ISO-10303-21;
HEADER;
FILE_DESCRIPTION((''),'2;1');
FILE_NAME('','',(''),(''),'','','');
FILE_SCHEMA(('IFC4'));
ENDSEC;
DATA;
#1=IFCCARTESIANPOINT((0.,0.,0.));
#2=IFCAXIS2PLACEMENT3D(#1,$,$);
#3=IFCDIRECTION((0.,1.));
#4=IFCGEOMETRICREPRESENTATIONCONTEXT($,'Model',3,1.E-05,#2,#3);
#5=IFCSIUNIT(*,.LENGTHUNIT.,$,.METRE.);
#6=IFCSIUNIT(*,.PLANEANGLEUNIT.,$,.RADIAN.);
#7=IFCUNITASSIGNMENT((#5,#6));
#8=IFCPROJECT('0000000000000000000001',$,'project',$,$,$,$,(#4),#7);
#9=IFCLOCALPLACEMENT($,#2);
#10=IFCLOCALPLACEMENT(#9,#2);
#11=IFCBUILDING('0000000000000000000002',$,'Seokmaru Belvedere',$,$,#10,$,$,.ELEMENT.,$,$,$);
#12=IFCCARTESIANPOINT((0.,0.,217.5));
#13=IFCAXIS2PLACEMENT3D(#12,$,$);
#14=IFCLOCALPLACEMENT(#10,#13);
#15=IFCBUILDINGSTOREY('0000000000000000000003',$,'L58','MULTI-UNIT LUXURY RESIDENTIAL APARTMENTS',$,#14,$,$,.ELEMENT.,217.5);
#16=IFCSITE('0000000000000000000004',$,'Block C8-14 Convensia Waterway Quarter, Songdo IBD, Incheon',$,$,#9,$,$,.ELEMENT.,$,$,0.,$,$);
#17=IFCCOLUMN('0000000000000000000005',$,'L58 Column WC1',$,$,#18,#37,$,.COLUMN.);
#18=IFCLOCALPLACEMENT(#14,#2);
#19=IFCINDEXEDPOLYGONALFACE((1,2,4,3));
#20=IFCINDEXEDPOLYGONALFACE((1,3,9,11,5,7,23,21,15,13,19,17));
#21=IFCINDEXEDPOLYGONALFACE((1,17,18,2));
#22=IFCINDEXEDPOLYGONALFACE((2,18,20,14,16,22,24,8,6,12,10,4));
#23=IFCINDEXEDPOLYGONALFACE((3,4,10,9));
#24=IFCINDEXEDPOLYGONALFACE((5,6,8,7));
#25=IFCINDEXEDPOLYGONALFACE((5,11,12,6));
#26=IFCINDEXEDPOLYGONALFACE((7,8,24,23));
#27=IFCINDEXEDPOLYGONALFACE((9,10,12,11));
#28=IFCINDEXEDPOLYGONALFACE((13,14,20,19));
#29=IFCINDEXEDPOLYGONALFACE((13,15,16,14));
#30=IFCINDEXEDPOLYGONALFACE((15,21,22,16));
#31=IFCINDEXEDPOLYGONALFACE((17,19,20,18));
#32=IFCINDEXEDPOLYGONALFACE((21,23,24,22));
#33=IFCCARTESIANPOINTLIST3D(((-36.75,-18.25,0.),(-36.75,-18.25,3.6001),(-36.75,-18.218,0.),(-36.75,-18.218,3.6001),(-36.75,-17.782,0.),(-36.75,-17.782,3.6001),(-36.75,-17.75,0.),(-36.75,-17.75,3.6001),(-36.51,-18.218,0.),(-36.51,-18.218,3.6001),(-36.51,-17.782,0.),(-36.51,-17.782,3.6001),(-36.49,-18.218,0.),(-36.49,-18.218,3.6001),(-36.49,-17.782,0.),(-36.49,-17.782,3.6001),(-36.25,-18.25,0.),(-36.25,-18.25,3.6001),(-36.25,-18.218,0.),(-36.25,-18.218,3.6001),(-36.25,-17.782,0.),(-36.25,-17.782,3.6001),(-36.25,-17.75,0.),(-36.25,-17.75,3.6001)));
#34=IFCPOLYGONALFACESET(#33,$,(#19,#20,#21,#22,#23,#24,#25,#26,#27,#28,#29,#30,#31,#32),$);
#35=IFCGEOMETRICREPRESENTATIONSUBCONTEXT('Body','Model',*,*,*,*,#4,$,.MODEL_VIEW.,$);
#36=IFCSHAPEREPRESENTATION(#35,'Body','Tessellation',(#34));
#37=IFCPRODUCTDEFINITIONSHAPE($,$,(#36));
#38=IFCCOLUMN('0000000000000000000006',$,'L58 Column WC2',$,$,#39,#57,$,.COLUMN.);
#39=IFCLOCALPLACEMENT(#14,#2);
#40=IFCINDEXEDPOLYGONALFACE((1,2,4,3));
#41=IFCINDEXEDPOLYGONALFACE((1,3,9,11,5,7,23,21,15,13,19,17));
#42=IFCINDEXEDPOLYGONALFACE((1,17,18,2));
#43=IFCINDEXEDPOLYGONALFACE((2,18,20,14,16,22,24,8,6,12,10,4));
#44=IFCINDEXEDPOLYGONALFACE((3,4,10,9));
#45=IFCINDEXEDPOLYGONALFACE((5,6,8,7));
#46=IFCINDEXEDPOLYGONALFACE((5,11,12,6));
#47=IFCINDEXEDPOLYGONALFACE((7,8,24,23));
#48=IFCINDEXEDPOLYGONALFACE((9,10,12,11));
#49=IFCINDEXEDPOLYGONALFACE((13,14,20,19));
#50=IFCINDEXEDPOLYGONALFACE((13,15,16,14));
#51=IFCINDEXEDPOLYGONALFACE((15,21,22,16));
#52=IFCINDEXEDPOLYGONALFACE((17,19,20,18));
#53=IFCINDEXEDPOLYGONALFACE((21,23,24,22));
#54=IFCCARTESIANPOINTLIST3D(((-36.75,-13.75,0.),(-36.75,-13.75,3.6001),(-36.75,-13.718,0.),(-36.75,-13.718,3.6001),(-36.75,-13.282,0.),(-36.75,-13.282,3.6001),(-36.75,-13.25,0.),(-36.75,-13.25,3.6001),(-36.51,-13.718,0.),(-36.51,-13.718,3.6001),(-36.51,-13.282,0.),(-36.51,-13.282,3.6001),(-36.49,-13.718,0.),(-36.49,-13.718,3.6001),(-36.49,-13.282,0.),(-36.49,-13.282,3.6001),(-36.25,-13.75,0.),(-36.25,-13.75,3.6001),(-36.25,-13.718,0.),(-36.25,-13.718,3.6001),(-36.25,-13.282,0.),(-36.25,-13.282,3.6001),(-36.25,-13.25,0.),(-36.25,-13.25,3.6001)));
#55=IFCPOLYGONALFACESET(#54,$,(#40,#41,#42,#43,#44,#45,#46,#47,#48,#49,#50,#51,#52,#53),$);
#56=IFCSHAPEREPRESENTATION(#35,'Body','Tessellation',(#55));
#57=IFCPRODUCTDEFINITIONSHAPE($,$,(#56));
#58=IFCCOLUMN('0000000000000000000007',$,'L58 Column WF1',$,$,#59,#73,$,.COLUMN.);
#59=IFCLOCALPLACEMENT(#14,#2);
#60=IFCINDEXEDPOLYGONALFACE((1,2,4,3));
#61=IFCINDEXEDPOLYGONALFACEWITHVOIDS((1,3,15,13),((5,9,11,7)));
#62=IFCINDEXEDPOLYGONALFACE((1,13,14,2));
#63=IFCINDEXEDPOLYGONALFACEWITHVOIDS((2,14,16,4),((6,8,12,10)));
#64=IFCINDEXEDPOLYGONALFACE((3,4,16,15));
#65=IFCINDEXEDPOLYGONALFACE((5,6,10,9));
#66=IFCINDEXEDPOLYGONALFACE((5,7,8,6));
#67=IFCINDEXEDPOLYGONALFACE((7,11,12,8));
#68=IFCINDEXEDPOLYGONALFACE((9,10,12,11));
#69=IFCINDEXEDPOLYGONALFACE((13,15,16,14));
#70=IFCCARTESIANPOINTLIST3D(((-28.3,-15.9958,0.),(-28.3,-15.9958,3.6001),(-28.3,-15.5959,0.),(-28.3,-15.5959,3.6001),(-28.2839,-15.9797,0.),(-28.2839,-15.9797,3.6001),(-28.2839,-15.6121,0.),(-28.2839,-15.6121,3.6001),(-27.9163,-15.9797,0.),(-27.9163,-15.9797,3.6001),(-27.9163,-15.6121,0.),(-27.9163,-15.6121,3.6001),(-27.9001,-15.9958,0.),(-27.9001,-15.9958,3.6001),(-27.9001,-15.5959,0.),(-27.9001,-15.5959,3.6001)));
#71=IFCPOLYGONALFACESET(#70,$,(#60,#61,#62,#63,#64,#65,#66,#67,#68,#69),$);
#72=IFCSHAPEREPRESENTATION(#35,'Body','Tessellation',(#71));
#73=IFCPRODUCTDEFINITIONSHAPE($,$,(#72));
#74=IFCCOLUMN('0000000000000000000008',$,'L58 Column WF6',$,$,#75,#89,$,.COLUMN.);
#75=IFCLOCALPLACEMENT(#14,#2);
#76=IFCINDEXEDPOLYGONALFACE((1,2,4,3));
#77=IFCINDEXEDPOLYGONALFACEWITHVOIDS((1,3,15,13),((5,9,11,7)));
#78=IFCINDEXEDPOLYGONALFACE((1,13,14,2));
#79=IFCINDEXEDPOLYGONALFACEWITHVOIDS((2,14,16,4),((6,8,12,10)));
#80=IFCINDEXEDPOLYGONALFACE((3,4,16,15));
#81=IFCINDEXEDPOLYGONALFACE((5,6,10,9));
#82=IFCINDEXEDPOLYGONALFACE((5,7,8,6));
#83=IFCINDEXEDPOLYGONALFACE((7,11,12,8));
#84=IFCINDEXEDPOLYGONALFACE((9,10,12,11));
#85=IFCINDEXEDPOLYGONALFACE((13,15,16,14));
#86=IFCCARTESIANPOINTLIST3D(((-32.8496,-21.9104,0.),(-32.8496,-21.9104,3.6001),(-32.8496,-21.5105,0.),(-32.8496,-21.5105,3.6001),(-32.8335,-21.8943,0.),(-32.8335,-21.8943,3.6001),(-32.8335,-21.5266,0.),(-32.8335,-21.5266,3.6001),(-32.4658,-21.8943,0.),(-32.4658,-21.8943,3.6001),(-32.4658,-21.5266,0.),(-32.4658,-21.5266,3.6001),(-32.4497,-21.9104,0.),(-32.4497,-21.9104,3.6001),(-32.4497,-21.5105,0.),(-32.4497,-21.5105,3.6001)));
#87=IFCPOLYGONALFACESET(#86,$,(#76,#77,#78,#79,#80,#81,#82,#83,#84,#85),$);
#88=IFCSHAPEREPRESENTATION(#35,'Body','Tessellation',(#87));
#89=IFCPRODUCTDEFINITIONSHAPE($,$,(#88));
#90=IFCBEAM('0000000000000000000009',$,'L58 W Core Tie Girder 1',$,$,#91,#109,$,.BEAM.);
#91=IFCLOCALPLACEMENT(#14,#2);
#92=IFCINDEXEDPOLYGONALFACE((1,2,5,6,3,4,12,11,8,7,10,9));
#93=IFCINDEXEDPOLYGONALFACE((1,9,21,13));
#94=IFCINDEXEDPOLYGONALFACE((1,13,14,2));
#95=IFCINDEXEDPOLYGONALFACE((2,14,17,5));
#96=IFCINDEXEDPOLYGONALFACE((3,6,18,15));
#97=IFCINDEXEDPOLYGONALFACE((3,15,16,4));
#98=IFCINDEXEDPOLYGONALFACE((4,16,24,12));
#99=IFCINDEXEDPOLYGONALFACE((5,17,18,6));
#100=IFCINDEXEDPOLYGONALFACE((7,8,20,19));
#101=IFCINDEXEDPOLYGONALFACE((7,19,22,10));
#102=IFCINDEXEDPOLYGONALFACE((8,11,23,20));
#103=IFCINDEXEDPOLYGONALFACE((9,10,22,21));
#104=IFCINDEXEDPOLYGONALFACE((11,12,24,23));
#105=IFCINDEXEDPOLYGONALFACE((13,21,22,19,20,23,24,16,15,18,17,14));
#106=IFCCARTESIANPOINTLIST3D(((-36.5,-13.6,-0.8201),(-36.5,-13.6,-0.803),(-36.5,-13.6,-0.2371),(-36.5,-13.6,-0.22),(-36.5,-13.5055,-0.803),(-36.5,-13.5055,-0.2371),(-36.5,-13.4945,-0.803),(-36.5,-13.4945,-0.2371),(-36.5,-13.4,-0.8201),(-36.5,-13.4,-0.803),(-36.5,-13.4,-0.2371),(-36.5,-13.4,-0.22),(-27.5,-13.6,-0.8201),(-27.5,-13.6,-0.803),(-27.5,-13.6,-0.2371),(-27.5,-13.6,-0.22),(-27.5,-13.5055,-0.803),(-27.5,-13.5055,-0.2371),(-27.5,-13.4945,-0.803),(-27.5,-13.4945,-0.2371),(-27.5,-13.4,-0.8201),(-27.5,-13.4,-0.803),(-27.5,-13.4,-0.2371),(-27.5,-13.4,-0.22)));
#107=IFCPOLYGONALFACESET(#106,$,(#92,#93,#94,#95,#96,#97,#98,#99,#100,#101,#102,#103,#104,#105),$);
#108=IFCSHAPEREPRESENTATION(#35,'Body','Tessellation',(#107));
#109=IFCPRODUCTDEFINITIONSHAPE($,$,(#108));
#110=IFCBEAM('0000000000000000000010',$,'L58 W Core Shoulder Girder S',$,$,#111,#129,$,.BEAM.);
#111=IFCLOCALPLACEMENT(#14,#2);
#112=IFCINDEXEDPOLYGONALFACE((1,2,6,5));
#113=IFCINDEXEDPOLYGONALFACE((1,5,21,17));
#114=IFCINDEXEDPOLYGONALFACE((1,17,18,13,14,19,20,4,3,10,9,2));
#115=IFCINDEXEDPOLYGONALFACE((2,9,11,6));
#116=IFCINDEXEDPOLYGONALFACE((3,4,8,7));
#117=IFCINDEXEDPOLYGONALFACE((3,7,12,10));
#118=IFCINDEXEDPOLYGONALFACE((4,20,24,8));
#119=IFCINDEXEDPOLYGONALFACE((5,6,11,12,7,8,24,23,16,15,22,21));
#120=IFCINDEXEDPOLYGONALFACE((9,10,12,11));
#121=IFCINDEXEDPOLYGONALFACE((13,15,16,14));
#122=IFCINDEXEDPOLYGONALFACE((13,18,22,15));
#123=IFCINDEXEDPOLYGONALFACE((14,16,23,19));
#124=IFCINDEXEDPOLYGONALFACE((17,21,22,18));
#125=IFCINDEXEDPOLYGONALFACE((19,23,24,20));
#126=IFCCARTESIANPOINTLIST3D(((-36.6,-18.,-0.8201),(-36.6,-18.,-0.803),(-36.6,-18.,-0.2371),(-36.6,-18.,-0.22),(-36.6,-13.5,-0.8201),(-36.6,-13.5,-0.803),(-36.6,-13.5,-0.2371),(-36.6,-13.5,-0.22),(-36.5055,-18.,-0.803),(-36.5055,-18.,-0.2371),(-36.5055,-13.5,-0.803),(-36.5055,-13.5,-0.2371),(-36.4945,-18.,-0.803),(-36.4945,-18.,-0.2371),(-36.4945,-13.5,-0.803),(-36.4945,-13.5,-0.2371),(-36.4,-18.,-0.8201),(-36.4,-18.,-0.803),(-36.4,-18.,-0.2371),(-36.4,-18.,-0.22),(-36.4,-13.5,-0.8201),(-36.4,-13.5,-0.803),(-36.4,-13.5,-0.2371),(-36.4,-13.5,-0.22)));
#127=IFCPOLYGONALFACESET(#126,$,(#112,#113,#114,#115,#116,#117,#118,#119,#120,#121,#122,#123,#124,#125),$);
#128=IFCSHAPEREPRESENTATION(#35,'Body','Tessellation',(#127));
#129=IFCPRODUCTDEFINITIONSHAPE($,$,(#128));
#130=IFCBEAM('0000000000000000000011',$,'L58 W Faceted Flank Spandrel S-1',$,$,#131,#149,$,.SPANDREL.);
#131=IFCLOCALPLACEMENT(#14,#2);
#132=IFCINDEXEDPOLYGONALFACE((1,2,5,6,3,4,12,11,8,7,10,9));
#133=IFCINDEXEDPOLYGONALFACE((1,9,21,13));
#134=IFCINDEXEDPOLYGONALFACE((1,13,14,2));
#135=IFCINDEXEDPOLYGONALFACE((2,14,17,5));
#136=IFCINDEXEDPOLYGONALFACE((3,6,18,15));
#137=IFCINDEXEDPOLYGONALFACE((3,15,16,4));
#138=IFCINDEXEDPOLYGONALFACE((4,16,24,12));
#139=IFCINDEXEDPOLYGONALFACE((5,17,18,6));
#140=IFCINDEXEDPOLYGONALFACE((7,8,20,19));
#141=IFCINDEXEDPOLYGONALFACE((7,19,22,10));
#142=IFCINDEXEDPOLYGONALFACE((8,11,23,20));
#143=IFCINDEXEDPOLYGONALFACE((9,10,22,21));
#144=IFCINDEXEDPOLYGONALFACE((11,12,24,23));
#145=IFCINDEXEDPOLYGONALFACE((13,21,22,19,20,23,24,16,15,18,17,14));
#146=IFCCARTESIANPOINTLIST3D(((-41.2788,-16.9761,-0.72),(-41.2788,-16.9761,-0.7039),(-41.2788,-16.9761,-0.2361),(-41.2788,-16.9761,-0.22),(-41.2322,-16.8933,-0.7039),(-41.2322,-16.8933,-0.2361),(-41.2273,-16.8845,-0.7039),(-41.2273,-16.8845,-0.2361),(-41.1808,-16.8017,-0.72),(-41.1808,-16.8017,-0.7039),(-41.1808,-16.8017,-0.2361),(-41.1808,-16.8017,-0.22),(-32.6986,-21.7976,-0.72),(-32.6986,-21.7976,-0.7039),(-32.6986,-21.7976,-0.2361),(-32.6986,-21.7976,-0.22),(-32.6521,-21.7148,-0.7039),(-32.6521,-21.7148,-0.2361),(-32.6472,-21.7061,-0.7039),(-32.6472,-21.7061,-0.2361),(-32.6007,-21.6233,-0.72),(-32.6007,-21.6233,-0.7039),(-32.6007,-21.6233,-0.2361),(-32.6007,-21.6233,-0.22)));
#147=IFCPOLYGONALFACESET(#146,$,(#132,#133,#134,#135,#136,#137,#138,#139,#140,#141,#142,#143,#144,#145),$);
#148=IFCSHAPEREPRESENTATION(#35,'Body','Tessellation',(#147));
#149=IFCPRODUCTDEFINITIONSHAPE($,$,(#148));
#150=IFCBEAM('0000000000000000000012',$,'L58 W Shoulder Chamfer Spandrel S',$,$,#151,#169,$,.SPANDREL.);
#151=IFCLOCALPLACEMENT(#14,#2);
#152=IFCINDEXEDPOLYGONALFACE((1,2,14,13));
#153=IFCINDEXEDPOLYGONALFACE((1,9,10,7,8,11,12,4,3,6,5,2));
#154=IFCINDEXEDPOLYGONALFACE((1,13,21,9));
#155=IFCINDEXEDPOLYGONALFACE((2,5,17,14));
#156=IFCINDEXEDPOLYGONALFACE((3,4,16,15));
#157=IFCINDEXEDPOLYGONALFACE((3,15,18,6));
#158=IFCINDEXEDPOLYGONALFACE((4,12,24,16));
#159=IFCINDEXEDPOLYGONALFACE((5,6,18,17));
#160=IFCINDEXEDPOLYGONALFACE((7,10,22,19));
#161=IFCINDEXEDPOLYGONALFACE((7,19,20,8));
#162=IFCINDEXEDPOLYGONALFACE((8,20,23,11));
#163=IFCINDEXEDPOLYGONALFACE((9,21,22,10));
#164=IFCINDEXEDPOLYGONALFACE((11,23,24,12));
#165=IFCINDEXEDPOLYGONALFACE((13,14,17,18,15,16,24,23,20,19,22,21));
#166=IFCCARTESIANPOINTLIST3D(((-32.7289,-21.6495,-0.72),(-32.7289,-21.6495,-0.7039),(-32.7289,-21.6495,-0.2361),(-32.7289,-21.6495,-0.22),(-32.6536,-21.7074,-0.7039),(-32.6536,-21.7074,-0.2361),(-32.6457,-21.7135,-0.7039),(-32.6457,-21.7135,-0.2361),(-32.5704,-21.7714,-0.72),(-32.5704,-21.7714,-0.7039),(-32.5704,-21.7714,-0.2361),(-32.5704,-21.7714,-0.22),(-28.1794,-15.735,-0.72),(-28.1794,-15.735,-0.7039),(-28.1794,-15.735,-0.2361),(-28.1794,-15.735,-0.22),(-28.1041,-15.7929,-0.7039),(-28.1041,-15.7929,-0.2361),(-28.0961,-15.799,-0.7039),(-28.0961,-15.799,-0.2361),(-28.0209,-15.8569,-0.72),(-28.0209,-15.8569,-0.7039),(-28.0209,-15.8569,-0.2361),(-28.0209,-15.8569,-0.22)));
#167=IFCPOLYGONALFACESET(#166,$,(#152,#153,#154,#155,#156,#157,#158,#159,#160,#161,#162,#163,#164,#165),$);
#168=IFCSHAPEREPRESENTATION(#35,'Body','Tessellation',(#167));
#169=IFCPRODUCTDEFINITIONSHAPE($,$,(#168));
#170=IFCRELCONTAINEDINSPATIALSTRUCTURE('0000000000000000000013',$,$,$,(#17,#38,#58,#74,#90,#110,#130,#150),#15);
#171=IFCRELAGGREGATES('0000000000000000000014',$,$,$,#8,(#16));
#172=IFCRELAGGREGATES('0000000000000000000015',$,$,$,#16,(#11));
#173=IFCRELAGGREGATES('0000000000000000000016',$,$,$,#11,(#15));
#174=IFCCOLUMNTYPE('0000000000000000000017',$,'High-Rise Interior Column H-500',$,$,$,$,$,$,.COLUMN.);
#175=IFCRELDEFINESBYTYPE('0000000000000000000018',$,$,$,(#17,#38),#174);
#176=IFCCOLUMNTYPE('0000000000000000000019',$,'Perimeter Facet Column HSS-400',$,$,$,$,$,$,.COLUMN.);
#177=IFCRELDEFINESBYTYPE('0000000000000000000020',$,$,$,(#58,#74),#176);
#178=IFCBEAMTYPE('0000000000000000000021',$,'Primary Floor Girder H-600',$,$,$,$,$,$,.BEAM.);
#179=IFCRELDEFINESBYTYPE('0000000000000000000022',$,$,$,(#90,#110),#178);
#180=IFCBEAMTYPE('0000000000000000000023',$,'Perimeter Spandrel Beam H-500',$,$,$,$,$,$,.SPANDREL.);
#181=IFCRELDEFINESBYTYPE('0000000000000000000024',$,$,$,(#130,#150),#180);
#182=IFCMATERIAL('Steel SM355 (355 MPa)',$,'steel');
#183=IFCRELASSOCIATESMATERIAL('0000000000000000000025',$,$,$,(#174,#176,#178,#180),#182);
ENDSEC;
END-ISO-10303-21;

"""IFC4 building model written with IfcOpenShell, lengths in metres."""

from ifc_helpers import new_model, si_unit, direction, frame, origin, origin_2d, place, context, subcontext, project, spatial, hollow_rectangle, i_section, extrude, source, transform, mapped, material, material_profile, profile_set, type_object, type_shapes, element, save


model = new_model("IFC4")

# Units and contexts
model_context = context("Model", 3, precision=1e-05, world=origin(), true_north=direction((0.0, 1.0)))
body_context = subcontext(model_context, "Body", "Model", "MODEL_VIEW")
ifc_project = project(units=[si_unit("LENGTHUNIT", "METRE"), si_unit("PLANEANGLEUNIT", "RADIAN")], contexts=[model_context])

# Site, building, storey
site_placement = place(None, origin())
site = spatial("IfcSite", under=ifc_project, at=site_placement, Name="Block C8-14 Convensia Waterway Quarter, Songdo IBD, Incheon", CompositionType="ELEMENT", RefElevation=0.0)
building_placement = place(site_placement, origin())
building = spatial("IfcBuilding", under=site, at=building_placement, Name="Seokmaru Belvedere", CompositionType="ELEMENT")
storey_placement = place(building_placement, frame((0.0, 0.0, 217.5)))
storey = spatial("IfcBuildingStorey", under=building, at=storey_placement, Name="L58", Description="MULTI-UNIT LUXURY RESIDENTIAL APARTMENTS", CompositionType="ELEMENT", Elevation=217.5)

# Columns
ifc_material_1 = material(Name="Steel SM355 (355 MPa)", Category="steel")
ifc_material_profile_1 = material_profile(ifc_material_1, i_section(OverallWidth=0.5, OverallDepth=0.5, WebThickness=0.02, FlangeThickness=0.032, at=origin_2d()), Name="H-500x500x20x32")
ifc_profile_set_1 = profile_set([ifc_material_profile_1], Name="Steel SM355 (355 MPa)")
column_type_1 = type_object("IfcColumnType", Name="High-Rise Interior Column H-500", PredefinedType="COLUMN", material=ifc_profile_set_1)
shared_shape_1 = source(origin(), body_context, "Body", "SweptSolid", [
    extrude(i_section(OverallWidth=0.5, OverallDepth=0.5, WebThickness=0.02, FlangeThickness=0.032, at=origin_2d()), origin(), (0.0, 0.0, 1.0), 3.6001),
])
type_shapes(column_type_1, [shared_shape_1])
for number, where, z_axis, x_axis, name in (
    (1, (-36.5, -18.0, 0.0), (0.0, 0.0, 1.0), (1.0, 0.0, 0.0), "L58 Column WC1"),
    (2, (-36.5, -13.5, 0.0), (0.0, 0.0, 1.0), (1.0, 0.0, 0.0), "L58 Column WC2"),
):
    element("IfcColumn", number, at=place(storey_placement, frame(where, z_axis=z_axis, x_axis=x_axis)), inside=storey, type_object=column_type_1, Name=name, PredefinedType="COLUMN", context=body_context, shape_type="MappedRepresentation", body=[
        mapped(shared_shape_1, transform((0.0, 0.0, 0.0), scale=1.0)),
    ])
ifc_material_profile_2 = material_profile(ifc_material_1, hollow_rectangle(XDim=0.3999, YDim=0.3999, WallThickness=0.0161, at=origin_2d()), Name="HSS-400x400x16")
ifc_profile_set_2 = profile_set([ifc_material_profile_2], Name="Steel SM355 (355 MPa)")
column_type_2 = type_object("IfcColumnType", Name="Perimeter Facet Column HSS-400", PredefinedType="COLUMN", material=ifc_profile_set_2)
shared_shape_2 = source(origin(), body_context, "Body", "SweptSolid", [
    extrude(hollow_rectangle(XDim=0.3999, YDim=0.3999, WallThickness=0.0161, at=origin_2d()), origin(), (0.0, 0.0, 1.0), 3.6001),
])
type_shapes(column_type_2, [shared_shape_2])
for number, where, z_axis, x_axis, name in (
    (3, (-28.1001, -15.7959, 0.0), (0.0, 0.0, 1.0), (1.0, 0.0, 0.0), "L58 Column WF1"),
    (4, (-32.6497, -21.7104, 0.0), (0.0, 0.0, 1.0), (1.0, 0.0, 0.0), "L58 Column WF6"),
):
    element("IfcColumn", number, at=place(storey_placement, frame(where, z_axis=z_axis, x_axis=x_axis)), inside=storey, type_object=column_type_2, Name=name, PredefinedType="COLUMN", context=body_context, shape_type="MappedRepresentation", body=[
        mapped(shared_shape_2, transform((0.0, 0.0, 0.0), scale=1.0)),
    ])

# Beams
ifc_material_profile_3 = material_profile(ifc_material_1, i_section(OverallWidth=0.2, OverallDepth=0.6001, WebThickness=0.011, FlangeThickness=0.0171, at=origin_2d()), Name="H-600x200x11x17")
ifc_profile_set_3 = profile_set([ifc_material_profile_3], Name="Steel SM355 (355 MPa)")
beam_type_1 = type_object("IfcBeamType", Name="Primary Floor Girder H-600", PredefinedType="BEAM", material=ifc_profile_set_3)
shared_shape_3 = source(origin(), body_context, "Body", "SweptSolid", [
    extrude(i_section(OverallWidth=0.2, OverallDepth=0.6001, WebThickness=0.011, FlangeThickness=0.0171, at=origin_2d()), origin(), (0.0, 0.0, 1.0), 9.0),
])
beam_1_placement = place(storey_placement, frame((-36.5, -13.5, -0.52), z_axis=(1.0, 0.0, 0.0), x_axis=(0.0, 1.0, 0.0)))
element("IfcBeam", 5, at=beam_1_placement, inside=storey, type_object=beam_type_1, Name="L58 W Core Tie Girder 1", PredefinedType="BEAM", context=body_context, shape_type="MappedRepresentation", body=[
    mapped(shared_shape_3, transform((0.0, 0.0, 0.0), scale=1.0)),
])
shared_shape_4 = source(origin(), body_context, "Body", "SweptSolid", [
    extrude(i_section(OverallWidth=0.2, OverallDepth=0.6001, WebThickness=0.011, FlangeThickness=0.0171, at=origin_2d()), origin(), (0.0, 0.0, 1.0), 4.5),
])
type_shapes(beam_type_1, [shared_shape_3, shared_shape_4])
beam_2_placement = place(storey_placement, frame((-36.5, -18.0, -0.52), z_axis=(0.0, 1.0, 0.0), x_axis=(-1.0, 0.0, 0.0)))
element("IfcBeam", 6, at=beam_2_placement, inside=storey, type_object=beam_type_1, Name="L58 W Core Shoulder Girder S", PredefinedType="BEAM", context=body_context, shape_type="MappedRepresentation", body=[
    mapped(shared_shape_4, transform((0.0, 0.0, 0.0), scale=1.0)),
])
ifc_material_profile_4 = material_profile(ifc_material_1, i_section(OverallWidth=0.2, OverallDepth=0.5, WebThickness=0.01, FlangeThickness=0.0161, at=origin_2d()), Name="H-500x200x10x16")
ifc_profile_set_4 = profile_set([ifc_material_profile_4], Name="Steel SM355 (355 MPa)")
beam_type_2 = type_object("IfcBeamType", Name="Perimeter Spandrel Beam H-500", PredefinedType="SPANDREL", material=ifc_profile_set_4)
shared_shape_5 = source(origin(), body_context, "Body", "SweptSolid", [
    extrude(i_section(OverallWidth=0.2, OverallDepth=0.5, WebThickness=0.01, FlangeThickness=0.0161, at=origin_2d()), origin(), (0.0, 0.0, 1.0), 9.842),
])
beam_3_placement = place(storey_placement, frame((-32.6497, -21.7104, -0.47), z_axis=(-0.871782, 0.489894, 0.0), x_axis=(-0.489894, -0.871782, 0.0)))
element("IfcBeam", 7, at=beam_3_placement, inside=storey, type_object=beam_type_2, Name="L58 W Faceted Flank Spandrel S-1", PredefinedType="SPANDREL", context=body_context, shape_type="MappedRepresentation", body=[
    mapped(shared_shape_5, transform((0.0, 0.0, 0.0), scale=1.0)),
])
shared_shape_6 = source(origin(), body_context, "Body", "SweptSolid", [
    extrude(i_section(OverallWidth=0.2, OverallDepth=0.5, WebThickness=0.01, FlangeThickness=0.0161, at=origin_2d()), origin(), (0.0, 0.0, 1.0), 7.4619),
])
beam_4_placement = place(storey_placement, frame((-32.6497, -21.7104, -0.47), z_axis=(0.609703, 0.79263, 0.0), x_axis=(-0.79263, 0.609703, 0.0)))
element("IfcBeam", 8, at=beam_4_placement, inside=storey, type_object=beam_type_2, Name="L58 W Shoulder Chamfer Spandrel S", PredefinedType="SPANDREL", context=body_context, shape_type="MappedRepresentation", body=[
    mapped(shared_shape_6, transform((0.0, 0.0, 0.0), scale=1.0)),
])

save(model, "model.ifc")
